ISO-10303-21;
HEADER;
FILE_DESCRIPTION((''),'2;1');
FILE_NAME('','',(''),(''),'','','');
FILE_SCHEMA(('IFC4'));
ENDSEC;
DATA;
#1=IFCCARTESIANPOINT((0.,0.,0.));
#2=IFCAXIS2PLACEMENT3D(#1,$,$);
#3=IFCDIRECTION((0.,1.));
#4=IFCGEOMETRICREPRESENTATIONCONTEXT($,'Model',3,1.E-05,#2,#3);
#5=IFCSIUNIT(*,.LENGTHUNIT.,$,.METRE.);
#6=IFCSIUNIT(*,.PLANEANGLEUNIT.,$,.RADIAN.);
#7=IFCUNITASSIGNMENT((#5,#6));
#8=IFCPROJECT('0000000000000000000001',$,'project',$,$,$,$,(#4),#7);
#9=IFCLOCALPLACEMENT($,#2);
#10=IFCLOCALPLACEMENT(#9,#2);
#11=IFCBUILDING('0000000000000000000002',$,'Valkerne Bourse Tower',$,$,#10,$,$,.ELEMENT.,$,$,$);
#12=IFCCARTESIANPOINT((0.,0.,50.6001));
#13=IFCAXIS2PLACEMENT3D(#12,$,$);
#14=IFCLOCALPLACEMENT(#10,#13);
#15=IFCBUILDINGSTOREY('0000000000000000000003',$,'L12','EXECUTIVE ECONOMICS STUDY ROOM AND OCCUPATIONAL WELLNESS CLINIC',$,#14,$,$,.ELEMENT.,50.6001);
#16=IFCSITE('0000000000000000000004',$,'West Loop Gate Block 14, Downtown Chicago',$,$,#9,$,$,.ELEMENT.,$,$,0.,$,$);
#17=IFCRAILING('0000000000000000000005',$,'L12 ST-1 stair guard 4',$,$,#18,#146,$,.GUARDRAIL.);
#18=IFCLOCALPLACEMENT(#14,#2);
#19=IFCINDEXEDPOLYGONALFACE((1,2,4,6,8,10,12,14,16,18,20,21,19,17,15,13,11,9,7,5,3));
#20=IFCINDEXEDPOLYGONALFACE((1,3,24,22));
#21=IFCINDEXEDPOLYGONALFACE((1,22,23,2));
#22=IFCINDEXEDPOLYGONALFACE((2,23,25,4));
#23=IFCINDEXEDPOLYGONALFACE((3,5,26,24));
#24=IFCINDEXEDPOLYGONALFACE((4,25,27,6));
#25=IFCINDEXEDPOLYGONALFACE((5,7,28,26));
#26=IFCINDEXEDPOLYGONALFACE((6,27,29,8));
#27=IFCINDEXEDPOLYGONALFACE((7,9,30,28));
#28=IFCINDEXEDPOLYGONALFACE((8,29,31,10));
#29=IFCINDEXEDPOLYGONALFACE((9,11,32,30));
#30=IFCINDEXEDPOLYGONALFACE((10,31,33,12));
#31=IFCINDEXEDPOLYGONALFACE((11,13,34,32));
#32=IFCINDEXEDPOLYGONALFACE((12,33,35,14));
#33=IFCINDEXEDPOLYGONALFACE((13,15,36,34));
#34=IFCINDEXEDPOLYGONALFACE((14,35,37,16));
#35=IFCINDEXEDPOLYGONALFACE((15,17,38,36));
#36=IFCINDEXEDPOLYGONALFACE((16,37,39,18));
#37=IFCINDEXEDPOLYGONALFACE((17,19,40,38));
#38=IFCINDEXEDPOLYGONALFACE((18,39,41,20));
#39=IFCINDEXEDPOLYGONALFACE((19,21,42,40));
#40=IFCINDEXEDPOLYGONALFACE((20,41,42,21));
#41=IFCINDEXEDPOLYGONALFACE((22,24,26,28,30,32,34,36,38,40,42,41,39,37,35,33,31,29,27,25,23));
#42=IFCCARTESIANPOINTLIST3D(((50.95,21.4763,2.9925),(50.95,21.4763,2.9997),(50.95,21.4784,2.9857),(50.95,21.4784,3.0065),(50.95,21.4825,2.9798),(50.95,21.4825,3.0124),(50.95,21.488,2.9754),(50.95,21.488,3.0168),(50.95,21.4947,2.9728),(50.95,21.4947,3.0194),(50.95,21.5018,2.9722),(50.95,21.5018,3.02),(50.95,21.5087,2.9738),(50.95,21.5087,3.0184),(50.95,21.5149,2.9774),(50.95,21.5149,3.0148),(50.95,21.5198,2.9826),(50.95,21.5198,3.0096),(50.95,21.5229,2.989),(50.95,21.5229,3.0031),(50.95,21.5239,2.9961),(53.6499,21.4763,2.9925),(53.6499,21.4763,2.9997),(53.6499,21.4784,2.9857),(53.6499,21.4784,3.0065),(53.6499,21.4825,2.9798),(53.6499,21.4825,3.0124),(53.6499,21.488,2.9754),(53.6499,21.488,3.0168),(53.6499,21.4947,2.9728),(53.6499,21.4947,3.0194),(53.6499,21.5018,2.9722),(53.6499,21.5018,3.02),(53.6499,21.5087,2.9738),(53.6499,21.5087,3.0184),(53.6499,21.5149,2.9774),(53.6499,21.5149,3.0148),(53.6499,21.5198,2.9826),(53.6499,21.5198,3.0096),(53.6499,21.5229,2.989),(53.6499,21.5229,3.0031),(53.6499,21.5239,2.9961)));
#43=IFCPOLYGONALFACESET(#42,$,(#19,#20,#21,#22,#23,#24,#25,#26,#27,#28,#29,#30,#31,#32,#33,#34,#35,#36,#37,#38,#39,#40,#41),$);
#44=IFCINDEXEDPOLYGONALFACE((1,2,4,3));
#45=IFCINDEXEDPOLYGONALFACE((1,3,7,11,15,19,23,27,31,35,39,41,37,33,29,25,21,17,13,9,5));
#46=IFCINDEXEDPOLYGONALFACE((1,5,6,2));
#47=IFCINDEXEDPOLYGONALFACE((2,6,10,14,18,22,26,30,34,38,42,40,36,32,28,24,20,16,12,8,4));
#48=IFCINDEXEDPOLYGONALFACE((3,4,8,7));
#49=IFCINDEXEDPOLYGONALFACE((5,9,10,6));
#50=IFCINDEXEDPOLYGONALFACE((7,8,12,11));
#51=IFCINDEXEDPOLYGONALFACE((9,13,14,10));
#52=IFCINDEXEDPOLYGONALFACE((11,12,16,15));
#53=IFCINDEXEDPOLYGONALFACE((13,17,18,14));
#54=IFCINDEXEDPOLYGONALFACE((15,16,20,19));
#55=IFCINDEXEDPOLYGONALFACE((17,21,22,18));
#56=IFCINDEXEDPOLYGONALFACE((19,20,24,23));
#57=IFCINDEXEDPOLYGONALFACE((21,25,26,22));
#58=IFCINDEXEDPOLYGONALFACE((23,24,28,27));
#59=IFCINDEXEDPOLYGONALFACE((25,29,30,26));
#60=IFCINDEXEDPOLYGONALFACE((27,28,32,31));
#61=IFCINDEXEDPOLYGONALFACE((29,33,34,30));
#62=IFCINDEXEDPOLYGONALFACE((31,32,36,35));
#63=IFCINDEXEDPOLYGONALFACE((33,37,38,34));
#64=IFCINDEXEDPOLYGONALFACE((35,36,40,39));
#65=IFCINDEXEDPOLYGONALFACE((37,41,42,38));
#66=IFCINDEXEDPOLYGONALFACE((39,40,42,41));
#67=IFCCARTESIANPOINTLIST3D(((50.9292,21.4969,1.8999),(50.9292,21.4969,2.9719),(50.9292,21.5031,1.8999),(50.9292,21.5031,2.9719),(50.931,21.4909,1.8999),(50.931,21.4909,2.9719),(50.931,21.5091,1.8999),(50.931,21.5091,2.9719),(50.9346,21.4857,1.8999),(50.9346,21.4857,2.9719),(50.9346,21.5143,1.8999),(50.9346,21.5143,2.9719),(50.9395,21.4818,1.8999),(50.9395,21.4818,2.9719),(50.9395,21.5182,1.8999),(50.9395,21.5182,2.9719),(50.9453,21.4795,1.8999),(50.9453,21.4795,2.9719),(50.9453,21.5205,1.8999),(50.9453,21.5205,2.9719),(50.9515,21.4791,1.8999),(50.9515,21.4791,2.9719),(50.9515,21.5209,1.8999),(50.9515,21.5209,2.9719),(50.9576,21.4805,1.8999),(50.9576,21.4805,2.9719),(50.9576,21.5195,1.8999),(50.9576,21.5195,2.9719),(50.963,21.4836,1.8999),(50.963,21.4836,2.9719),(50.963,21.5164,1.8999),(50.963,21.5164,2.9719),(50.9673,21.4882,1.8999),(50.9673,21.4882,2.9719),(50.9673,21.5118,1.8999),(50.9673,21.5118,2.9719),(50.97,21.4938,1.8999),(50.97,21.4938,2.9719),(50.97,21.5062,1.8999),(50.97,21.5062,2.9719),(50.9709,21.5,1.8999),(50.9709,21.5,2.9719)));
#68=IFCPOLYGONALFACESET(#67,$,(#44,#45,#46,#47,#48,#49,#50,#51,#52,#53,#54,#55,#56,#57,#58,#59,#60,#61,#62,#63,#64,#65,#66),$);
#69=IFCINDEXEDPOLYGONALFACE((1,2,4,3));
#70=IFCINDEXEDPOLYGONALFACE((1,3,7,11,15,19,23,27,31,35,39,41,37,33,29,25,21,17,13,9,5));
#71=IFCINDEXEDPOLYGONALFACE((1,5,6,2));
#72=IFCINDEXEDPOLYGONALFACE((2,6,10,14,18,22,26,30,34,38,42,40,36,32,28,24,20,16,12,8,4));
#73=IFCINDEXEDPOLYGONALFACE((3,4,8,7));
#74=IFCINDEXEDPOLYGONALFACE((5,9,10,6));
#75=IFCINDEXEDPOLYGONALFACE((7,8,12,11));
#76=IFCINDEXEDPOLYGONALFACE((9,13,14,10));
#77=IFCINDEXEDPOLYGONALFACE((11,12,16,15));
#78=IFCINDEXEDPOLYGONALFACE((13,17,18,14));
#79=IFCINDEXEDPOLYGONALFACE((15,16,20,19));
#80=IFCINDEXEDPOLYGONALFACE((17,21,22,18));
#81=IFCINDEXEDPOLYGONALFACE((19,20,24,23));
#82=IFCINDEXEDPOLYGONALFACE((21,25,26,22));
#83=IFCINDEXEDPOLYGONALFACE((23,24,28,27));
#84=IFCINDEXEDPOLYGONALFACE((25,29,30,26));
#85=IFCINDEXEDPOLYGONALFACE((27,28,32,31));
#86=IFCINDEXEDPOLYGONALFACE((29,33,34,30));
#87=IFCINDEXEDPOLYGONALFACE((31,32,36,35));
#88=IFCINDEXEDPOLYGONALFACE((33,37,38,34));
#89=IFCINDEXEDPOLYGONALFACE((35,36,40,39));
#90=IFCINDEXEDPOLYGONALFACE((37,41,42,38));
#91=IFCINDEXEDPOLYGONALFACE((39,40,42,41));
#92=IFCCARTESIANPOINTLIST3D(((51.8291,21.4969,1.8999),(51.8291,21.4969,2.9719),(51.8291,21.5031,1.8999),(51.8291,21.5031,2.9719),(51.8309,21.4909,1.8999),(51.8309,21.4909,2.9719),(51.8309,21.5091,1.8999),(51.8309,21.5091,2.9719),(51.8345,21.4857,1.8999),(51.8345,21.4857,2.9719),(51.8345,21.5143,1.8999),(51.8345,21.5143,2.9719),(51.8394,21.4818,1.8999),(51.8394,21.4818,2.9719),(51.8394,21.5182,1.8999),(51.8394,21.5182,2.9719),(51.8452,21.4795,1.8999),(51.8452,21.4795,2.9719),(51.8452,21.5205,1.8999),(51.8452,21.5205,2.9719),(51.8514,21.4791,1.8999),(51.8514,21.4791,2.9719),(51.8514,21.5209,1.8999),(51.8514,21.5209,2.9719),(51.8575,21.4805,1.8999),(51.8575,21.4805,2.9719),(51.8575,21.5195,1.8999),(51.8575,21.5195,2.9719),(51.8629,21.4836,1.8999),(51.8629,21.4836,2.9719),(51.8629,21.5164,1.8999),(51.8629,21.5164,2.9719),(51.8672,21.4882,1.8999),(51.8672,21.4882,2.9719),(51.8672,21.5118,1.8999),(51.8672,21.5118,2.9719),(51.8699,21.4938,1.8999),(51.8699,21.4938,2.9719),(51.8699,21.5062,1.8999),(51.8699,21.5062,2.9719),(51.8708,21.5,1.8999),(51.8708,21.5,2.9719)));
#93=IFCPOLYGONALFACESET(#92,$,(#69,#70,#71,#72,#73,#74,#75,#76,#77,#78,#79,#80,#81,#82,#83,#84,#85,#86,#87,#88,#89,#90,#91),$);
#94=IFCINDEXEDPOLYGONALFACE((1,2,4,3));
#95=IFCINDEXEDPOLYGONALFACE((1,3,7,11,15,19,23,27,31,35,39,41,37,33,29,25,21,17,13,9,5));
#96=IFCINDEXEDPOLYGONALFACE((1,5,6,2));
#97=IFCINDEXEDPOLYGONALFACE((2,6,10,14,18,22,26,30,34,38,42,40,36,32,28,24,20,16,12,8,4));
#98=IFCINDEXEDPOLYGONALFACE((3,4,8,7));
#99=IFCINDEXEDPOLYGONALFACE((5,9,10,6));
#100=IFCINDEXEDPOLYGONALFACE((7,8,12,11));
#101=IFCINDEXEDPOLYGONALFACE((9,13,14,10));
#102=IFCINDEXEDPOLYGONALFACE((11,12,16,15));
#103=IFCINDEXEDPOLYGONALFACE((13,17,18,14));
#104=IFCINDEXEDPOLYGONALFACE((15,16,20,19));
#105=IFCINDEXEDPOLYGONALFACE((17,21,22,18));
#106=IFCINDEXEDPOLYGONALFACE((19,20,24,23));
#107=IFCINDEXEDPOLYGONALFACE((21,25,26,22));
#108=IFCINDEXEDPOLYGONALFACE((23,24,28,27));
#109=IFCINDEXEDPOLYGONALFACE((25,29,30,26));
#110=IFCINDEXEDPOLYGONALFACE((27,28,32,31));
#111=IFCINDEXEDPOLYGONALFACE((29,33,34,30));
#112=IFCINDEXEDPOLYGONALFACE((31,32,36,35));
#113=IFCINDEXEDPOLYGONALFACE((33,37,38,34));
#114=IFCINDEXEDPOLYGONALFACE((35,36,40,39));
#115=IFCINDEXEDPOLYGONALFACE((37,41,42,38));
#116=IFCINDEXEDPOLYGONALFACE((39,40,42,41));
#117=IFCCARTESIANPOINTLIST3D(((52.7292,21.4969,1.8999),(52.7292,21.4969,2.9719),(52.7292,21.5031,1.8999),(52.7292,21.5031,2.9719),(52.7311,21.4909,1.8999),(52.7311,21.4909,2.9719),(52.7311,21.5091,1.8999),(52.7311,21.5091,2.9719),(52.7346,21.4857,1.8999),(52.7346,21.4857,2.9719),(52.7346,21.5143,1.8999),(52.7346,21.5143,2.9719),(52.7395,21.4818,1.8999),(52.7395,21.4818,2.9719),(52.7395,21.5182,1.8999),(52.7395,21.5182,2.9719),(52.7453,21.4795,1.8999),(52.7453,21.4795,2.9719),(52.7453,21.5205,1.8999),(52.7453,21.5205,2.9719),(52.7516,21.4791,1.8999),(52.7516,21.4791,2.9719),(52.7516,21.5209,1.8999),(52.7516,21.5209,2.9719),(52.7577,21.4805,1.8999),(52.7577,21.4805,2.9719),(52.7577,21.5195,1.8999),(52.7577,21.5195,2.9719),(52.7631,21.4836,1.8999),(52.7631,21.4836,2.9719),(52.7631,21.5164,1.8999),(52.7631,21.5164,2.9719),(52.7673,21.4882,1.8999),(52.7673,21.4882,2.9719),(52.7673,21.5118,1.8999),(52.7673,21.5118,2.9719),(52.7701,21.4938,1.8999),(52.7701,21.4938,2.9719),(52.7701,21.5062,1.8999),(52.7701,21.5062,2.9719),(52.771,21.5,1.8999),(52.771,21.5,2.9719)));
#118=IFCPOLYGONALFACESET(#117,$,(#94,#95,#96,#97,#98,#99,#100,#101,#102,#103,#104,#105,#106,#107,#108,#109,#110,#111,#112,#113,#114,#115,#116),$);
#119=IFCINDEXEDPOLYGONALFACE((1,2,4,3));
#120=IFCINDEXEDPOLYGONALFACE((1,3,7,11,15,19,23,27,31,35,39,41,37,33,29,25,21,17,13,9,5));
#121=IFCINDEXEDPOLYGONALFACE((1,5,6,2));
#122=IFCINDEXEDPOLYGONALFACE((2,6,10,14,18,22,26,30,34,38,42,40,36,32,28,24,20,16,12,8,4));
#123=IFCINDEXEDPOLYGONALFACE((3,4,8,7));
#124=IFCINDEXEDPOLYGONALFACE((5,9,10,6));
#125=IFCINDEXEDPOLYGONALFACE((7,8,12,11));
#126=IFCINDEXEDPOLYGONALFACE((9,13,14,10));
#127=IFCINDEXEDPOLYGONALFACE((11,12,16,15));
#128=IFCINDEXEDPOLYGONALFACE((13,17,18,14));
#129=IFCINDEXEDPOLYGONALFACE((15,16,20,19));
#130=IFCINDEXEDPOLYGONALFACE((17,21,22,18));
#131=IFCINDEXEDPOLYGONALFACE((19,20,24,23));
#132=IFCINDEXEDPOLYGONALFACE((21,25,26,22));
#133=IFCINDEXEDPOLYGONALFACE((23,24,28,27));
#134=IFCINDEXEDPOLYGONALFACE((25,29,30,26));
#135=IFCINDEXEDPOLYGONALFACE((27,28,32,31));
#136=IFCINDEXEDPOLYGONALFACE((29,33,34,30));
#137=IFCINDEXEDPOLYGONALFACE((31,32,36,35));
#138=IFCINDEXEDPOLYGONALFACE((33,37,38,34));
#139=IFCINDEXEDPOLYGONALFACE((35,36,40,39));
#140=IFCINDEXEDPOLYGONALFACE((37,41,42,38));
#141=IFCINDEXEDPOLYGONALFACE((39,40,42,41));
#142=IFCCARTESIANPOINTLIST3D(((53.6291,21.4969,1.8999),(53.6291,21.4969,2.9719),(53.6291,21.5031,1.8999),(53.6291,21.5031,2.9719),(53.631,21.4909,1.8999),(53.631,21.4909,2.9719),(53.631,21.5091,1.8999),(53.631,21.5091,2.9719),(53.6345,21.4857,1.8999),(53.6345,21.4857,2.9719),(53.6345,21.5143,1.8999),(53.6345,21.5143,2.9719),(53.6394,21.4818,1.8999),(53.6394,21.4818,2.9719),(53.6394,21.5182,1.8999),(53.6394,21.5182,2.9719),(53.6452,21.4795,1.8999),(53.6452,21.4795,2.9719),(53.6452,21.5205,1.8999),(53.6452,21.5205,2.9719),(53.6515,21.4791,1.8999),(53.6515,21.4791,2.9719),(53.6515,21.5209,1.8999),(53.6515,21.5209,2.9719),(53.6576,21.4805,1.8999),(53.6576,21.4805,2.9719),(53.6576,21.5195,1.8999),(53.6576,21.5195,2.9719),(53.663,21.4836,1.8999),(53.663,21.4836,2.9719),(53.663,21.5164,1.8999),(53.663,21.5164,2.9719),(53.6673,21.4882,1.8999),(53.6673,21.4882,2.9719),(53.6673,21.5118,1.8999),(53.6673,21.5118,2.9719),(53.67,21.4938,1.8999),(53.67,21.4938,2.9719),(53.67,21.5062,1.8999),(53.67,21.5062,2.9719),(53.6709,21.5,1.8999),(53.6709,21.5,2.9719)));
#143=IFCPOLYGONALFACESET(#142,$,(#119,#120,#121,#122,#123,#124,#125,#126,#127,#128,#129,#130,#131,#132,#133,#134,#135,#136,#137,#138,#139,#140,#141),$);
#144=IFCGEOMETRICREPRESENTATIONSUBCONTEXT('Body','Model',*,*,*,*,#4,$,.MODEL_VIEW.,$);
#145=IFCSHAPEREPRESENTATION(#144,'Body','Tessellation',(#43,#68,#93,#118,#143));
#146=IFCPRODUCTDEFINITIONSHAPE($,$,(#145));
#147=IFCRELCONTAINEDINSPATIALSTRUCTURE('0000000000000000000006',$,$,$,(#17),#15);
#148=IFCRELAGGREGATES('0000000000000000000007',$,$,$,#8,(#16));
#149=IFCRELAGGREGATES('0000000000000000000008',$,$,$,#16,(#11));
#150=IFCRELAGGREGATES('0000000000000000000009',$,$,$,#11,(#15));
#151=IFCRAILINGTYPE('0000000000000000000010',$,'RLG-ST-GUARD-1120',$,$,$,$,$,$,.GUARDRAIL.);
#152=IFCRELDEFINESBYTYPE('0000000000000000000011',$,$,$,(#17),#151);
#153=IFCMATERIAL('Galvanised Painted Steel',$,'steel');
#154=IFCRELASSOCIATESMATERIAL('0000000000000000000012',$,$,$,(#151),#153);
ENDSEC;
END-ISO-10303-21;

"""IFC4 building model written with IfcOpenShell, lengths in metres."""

from ifc_helpers import new_model, si_unit, direction, frame, origin, origin_2d, place, context, subcontext, project, spatial, circle, extrude, material, type_object, element, save


model = new_model("IFC4")

# Units and contexts
model_context = context("Model", 3, precision=1e-05, world=origin(), true_north=direction((0.0, 1.0)))
body_context = subcontext(model_context, "Body", "Model", "MODEL_VIEW")
ifc_project = project(units=[si_unit("LENGTHUNIT", "METRE"), si_unit("PLANEANGLEUNIT", "RADIAN")], contexts=[model_context])

# Site, building, storey
site_placement = place(None, origin())
site = spatial("IfcSite", under=ifc_project, at=site_placement, Name="West Loop Gate Block 14, Downtown Chicago", CompositionType="ELEMENT", RefElevation=0.0)
building_placement = place(site_placement, origin())
building = spatial("IfcBuilding", under=site, at=building_placement, Name="Valkerne Bourse Tower", CompositionType="ELEMENT")
storey_placement = place(building_placement, frame((0.0, 0.0, 50.6001)))
storey = spatial("IfcBuildingStorey", under=building, at=storey_placement, Name="L12", Description="EXECUTIVE ECONOMICS STUDY ROOM AND OCCUPATIONAL WELLNESS CLINIC", CompositionType="ELEMENT", Elevation=50.6001)

# Shared definitions
ifc_material_1 = material(Name="Galvanised Painted Steel", Category="steel")

# Railing
railing_type_1 = type_object("IfcRailingType", Name="RLG-ST-GUARD-1120", PredefinedType="GUARDRAIL", material=ifc_material_1)
for number, where, name in (
    (1, (50.95, 21.5, 1.8999), "L12 ST-1 stair guard 4"),
):
    element("IfcRailing", number, at=place(storey_placement, frame(where)), inside=storey, type_object=railing_type_1, Name=name, PredefinedType="GUARDRAIL", context=body_context, shape_type="SweptSolid", body=[
        extrude(circle(Radius=0.0239, at=origin_2d()), frame((0.0, 0.0, 1.0962), z_axis=(1.0, 0.0, 0.0), x_axis=(0.0, 1.0, 0.0)), (0.0, 0.0, 1.0), 2.7),
        extrude(circle(Radius=0.021, at=origin_2d()), origin(), (0.0, 0.0, 1.0), 1.072),
        extrude(circle(Radius=0.021, at=origin_2d()), frame((0.8999, 0.0, 0.0)), (0.0, 0.0, 1.0), 1.072),
        extrude(circle(Radius=0.021, at=origin_2d()), frame((1.8, 0.0, 0.0)), (0.0, 0.0, 1.0), 1.072),
        extrude(circle(Radius=0.021, at=origin_2d()), frame((2.7, 0.0, 0.0)), (0.0, 0.0, 1.0), 1.072),
    ])

save(model, "model.ifc")
